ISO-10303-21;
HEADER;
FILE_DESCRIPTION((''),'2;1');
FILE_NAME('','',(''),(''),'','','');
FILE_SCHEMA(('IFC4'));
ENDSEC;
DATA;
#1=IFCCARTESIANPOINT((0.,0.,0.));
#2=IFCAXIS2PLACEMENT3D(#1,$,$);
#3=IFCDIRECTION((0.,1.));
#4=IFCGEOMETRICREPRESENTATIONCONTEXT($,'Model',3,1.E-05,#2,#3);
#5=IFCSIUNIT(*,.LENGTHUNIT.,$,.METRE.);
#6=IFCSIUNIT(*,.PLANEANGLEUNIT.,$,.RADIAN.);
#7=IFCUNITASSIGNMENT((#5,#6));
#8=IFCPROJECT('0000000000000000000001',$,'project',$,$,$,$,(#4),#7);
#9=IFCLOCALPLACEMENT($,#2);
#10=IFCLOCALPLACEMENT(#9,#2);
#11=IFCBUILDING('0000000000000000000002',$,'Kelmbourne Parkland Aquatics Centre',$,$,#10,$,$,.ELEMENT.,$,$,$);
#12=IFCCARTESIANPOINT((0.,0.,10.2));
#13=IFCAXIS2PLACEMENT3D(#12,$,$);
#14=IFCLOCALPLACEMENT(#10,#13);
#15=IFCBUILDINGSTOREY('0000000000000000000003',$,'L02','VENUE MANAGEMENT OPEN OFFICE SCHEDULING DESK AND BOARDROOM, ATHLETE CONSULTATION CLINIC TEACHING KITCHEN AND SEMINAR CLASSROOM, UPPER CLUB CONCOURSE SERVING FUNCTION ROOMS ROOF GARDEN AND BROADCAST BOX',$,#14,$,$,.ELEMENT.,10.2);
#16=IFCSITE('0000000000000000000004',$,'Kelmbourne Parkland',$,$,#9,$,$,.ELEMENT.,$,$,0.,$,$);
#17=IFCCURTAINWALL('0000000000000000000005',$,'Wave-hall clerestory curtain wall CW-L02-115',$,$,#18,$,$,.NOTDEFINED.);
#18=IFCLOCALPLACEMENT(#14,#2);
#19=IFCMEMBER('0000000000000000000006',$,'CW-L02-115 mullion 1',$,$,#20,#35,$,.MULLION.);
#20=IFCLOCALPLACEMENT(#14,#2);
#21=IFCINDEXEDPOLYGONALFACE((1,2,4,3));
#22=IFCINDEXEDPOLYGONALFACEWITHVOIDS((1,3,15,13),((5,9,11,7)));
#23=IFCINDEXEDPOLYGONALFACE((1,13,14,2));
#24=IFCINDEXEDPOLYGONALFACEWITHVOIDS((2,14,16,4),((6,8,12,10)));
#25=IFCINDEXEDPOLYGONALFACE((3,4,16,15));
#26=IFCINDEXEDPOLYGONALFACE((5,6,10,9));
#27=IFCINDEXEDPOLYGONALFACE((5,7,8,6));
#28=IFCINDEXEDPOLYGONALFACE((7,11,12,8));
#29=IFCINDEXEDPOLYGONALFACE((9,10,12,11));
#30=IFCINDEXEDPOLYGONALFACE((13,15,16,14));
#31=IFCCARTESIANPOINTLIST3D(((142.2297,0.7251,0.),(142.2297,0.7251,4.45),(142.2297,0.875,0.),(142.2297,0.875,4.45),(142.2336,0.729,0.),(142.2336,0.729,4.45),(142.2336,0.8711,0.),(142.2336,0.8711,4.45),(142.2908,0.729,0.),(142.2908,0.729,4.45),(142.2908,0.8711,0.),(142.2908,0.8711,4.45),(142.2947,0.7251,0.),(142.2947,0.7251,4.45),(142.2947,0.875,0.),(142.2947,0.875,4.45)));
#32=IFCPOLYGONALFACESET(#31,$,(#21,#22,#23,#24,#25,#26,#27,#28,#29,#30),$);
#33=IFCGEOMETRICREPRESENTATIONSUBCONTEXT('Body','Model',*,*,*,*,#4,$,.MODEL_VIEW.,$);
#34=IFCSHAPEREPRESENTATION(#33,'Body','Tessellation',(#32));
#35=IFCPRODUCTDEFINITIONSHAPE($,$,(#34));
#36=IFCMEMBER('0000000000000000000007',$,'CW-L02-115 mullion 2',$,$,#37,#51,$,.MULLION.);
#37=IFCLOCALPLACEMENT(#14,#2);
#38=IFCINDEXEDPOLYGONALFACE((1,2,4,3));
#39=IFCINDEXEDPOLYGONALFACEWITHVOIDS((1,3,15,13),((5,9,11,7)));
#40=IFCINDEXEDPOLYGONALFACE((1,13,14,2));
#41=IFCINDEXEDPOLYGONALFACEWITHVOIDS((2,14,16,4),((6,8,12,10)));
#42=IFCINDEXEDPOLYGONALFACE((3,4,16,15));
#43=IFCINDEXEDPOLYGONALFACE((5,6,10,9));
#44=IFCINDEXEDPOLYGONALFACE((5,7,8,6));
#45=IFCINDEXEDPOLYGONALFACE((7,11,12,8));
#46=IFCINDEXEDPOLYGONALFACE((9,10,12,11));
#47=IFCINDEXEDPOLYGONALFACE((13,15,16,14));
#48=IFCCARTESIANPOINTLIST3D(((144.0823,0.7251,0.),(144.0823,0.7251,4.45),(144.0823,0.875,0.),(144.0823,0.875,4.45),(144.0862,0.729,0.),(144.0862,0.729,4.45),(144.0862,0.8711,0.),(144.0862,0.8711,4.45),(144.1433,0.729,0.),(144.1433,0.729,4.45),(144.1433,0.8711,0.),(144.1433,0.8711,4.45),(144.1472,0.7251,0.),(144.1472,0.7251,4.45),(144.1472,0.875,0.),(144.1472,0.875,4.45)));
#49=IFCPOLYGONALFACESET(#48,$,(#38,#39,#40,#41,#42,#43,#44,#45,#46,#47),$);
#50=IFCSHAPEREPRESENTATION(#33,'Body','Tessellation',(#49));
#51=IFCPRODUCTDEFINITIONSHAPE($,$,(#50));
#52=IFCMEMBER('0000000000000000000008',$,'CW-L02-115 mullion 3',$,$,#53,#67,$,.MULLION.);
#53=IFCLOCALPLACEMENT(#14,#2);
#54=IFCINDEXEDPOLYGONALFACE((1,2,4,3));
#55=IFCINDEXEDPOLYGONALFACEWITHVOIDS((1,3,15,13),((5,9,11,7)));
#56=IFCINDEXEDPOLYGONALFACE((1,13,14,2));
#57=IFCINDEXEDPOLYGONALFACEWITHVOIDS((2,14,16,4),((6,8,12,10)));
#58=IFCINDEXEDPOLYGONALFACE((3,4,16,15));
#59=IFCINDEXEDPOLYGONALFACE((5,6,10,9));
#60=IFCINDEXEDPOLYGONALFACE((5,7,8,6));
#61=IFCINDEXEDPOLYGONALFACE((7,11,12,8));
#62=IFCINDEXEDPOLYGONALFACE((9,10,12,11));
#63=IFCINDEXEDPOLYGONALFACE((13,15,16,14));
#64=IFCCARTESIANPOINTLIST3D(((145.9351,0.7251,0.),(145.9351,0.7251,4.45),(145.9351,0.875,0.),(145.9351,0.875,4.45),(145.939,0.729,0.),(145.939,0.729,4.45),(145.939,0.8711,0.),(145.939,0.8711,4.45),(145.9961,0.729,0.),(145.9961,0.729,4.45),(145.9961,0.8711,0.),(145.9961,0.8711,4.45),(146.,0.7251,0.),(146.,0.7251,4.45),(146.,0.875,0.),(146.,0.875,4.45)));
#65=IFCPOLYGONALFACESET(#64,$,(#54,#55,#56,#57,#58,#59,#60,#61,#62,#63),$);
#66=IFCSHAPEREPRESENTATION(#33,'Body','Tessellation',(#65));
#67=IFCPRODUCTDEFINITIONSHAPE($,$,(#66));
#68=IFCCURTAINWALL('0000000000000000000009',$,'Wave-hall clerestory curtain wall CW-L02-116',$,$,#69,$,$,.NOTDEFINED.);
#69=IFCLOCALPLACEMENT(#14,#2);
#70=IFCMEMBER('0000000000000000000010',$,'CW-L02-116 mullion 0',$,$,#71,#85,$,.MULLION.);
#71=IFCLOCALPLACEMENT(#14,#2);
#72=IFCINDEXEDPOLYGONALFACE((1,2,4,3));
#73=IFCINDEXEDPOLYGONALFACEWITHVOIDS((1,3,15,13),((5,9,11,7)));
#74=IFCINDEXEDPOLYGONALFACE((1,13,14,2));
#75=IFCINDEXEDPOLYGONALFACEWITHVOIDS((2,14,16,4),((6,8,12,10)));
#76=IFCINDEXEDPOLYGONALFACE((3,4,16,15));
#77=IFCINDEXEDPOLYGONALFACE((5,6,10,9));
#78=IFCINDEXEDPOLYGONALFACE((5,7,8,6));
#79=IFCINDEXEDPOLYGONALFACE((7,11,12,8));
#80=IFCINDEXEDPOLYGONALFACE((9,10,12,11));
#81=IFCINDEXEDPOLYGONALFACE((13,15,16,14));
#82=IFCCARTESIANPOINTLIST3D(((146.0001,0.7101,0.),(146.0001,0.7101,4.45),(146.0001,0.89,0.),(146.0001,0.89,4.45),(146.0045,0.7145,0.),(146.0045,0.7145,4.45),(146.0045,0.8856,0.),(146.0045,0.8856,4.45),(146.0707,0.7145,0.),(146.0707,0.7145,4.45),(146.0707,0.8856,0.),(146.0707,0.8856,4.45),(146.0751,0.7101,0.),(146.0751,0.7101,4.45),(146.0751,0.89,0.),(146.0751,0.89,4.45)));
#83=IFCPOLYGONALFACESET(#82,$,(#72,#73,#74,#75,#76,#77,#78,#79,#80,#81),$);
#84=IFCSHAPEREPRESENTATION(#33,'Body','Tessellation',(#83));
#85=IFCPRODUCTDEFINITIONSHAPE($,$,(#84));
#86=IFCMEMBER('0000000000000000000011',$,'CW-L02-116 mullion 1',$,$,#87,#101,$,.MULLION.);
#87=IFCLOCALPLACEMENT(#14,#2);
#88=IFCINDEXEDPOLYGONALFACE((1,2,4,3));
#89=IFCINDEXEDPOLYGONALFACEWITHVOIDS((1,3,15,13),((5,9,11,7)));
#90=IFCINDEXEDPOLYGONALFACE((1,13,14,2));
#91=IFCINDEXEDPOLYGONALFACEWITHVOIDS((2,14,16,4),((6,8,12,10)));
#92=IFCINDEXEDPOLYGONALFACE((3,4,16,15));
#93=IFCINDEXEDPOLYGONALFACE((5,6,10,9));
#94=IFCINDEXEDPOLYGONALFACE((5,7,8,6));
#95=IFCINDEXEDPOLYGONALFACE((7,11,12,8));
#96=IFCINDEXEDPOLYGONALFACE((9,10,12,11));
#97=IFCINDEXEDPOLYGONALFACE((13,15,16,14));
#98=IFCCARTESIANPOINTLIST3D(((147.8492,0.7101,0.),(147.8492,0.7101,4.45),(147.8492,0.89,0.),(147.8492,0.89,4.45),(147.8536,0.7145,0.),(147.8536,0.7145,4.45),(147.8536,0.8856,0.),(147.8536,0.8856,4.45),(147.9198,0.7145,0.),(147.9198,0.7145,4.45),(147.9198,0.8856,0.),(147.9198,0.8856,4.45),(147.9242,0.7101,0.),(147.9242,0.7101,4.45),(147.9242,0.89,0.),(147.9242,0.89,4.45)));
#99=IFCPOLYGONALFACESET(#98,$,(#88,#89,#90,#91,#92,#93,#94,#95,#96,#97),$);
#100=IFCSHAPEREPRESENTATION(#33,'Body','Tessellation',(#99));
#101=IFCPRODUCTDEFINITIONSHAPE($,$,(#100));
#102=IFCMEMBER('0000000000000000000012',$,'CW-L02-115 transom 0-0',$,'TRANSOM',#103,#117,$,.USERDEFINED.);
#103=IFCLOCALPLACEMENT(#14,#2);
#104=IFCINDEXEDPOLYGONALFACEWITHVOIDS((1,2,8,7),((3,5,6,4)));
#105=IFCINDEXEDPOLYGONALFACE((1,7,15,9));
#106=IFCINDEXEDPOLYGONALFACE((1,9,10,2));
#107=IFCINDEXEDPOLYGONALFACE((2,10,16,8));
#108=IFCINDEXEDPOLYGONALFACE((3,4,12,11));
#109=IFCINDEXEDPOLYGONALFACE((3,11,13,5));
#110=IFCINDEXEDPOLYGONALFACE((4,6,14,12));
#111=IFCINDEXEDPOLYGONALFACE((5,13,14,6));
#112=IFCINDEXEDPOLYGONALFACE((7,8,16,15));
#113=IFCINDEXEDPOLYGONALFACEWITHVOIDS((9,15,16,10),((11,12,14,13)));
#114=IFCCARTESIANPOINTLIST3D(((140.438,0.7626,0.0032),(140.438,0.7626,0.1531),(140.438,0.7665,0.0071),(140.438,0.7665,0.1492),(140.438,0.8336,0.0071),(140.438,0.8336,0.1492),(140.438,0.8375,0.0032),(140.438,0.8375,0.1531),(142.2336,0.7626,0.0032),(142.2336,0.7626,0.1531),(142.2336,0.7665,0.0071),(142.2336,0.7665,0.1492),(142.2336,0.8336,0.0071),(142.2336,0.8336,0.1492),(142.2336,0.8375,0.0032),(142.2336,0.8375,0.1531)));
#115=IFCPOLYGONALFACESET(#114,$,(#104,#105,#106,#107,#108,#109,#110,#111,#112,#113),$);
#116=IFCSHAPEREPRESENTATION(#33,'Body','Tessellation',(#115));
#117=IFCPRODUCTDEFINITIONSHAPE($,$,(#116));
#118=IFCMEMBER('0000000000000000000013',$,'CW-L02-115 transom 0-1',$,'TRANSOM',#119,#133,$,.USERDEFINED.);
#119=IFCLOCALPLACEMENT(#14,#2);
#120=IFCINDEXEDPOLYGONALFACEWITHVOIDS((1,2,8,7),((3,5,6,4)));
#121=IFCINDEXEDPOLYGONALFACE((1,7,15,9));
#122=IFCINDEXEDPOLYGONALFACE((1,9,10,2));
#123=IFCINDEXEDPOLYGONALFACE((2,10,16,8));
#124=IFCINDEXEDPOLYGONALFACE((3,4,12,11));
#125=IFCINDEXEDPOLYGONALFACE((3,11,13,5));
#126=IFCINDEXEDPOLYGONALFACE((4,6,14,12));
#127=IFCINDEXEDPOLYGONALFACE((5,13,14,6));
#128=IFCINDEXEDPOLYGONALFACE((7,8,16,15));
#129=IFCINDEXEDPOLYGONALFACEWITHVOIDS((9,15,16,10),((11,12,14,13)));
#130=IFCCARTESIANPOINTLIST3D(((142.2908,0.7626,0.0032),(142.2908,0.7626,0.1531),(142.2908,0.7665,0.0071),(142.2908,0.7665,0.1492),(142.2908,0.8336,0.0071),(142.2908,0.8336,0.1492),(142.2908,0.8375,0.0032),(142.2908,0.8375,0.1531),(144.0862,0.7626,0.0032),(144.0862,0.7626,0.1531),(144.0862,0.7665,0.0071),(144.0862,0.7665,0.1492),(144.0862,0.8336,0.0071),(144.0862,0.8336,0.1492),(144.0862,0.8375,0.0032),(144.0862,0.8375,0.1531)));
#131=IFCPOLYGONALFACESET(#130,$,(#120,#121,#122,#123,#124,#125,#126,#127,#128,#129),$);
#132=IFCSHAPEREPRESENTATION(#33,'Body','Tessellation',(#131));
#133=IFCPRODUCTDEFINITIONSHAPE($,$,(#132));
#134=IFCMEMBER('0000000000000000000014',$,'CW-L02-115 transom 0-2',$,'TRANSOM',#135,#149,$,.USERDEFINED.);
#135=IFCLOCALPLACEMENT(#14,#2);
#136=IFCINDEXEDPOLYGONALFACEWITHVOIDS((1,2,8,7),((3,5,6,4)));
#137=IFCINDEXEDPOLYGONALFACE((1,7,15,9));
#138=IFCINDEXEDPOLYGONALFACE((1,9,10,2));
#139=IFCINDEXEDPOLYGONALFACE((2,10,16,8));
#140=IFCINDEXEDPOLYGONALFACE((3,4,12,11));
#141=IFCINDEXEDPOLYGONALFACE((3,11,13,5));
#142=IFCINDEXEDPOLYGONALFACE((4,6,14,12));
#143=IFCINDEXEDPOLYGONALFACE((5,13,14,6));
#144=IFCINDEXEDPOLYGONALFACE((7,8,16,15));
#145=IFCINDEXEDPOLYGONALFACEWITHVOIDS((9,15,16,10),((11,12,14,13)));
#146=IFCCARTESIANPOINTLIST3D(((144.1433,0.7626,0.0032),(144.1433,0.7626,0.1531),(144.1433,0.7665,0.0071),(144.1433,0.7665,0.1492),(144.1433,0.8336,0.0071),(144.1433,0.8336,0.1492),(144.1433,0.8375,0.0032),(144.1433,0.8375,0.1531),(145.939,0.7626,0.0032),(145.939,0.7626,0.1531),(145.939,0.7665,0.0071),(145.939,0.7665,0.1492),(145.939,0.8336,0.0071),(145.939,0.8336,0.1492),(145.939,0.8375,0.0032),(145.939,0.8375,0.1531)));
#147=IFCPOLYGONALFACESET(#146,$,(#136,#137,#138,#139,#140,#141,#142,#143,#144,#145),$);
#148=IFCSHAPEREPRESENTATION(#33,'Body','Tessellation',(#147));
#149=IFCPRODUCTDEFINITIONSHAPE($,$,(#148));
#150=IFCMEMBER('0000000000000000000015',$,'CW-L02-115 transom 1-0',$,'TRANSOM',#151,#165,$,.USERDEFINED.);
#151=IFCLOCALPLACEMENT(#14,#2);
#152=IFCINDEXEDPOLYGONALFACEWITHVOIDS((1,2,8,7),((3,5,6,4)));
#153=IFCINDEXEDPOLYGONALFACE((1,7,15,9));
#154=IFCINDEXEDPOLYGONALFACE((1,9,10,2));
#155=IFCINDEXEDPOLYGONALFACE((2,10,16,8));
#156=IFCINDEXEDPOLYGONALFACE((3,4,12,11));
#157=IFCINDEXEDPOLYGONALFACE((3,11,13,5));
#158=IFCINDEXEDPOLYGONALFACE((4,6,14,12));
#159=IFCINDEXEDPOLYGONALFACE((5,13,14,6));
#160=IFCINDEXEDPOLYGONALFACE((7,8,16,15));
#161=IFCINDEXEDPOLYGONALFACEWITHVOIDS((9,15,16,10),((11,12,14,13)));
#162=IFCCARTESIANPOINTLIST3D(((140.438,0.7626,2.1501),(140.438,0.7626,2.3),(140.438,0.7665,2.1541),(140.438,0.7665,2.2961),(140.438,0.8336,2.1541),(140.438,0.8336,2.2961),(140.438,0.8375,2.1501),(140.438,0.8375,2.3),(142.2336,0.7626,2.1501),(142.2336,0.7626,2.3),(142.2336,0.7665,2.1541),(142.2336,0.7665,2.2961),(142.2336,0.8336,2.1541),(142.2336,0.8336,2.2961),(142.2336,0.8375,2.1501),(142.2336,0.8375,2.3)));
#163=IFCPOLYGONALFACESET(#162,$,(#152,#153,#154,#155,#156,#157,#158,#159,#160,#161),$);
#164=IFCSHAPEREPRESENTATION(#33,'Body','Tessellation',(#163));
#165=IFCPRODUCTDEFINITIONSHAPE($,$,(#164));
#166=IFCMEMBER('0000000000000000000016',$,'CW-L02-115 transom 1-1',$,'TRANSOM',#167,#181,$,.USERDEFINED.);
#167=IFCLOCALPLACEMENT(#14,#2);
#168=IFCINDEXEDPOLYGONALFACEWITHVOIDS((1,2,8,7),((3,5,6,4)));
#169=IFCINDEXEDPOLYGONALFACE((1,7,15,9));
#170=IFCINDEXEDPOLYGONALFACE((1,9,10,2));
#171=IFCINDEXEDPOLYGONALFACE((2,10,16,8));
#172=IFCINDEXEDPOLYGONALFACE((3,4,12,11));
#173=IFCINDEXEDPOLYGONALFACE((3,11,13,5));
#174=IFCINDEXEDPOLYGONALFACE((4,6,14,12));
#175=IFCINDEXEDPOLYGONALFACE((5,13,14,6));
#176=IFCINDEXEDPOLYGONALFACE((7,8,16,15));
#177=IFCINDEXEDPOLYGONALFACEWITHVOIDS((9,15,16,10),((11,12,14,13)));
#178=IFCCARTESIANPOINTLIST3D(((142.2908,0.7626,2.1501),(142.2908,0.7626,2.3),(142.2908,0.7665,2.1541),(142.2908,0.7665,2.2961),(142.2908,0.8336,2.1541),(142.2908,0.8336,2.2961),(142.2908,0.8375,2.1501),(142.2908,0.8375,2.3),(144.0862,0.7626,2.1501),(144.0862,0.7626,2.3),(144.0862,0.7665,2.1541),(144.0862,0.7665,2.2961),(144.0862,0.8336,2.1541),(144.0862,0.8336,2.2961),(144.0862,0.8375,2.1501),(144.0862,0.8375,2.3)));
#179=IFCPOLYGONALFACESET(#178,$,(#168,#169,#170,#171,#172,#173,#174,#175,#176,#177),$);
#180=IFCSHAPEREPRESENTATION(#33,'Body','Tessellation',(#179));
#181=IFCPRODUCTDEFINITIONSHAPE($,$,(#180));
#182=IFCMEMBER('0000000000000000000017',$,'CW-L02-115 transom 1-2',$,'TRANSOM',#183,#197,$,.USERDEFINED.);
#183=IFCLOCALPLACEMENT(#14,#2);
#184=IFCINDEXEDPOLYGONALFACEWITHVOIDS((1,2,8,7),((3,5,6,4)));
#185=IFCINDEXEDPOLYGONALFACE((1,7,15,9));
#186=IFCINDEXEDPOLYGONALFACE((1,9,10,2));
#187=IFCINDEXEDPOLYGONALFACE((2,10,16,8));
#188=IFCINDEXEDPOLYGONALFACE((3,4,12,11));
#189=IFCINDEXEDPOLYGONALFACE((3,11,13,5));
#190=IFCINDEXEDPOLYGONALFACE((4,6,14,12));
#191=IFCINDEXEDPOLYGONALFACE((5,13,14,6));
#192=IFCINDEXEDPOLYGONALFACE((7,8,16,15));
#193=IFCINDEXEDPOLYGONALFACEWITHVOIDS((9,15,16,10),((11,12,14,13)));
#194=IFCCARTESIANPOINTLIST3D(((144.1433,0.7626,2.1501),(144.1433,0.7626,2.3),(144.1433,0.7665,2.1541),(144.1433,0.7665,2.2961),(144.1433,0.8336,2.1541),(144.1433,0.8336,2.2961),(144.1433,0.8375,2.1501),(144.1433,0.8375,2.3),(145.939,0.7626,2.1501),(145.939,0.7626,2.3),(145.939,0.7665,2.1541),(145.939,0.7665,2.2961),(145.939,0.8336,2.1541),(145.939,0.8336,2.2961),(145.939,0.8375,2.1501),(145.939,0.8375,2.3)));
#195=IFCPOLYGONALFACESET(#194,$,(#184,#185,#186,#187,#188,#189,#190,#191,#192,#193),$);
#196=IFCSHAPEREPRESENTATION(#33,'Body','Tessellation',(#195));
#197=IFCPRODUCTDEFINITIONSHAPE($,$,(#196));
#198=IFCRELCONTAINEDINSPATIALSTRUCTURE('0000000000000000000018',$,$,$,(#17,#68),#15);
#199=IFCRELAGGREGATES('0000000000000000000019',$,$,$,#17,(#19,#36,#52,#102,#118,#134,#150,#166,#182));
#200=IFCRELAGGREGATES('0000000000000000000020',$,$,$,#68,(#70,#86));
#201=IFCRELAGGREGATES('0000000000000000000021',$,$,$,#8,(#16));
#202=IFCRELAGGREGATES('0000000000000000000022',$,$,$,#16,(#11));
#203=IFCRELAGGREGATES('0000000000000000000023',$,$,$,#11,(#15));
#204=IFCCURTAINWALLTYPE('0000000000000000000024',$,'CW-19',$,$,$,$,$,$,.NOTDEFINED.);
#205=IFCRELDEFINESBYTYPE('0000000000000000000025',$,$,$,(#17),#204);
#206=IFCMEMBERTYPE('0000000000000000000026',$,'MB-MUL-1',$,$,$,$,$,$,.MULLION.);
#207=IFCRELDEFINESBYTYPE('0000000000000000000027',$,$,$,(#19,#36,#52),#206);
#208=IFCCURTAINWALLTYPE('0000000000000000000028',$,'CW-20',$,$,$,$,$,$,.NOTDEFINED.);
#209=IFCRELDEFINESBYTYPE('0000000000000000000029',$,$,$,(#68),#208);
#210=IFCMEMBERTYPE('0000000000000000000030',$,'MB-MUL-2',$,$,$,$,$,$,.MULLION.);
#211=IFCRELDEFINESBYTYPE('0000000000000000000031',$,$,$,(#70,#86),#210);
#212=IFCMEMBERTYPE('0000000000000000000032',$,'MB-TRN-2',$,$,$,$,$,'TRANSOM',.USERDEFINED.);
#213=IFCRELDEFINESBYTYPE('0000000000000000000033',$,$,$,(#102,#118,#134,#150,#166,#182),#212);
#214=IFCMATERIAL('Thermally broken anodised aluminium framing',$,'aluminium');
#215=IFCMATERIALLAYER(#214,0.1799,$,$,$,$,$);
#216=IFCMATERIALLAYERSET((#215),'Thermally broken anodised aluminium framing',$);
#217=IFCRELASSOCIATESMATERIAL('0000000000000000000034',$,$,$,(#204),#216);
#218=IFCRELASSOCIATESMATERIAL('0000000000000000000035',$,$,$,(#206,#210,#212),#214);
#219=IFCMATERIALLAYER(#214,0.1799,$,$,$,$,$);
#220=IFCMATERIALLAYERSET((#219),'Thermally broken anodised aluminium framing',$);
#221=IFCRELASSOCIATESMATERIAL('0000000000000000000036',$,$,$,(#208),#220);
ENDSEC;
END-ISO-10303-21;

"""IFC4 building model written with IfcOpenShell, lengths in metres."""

from ifc_helpers import new_model, si_unit, direction, frame, origin, origin_2d, place, context, subcontext, project, spatial, hollow_rectangle, extrude, material, layer, layer_set, material_profile, profile_set, type_object, element, aggregate, save


model = new_model("IFC4")

# Units and contexts
model_context = context("Model", 3, precision=1e-05, world=origin(), true_north=direction((0.0, 1.0)))
body_context = subcontext(model_context, "Body", "Model", "MODEL_VIEW")
ifc_project = project(units=[si_unit("LENGTHUNIT", "METRE"), si_unit("PLANEANGLEUNIT", "RADIAN")], contexts=[model_context])

# Site, building, storey
site_placement = place(None, origin())
site = spatial("IfcSite", under=ifc_project, at=site_placement, Name="Kelmbourne Parkland", CompositionType="ELEMENT", RefElevation=0.0)
building_placement = place(site_placement, origin())
building = spatial("IfcBuilding", under=site, at=building_placement, Name="Kelmbourne Parkland Aquatics Centre", CompositionType="ELEMENT")
storey_placement = place(building_placement, frame((0.0, 0.0, 10.2)))
storey = spatial("IfcBuildingStorey", under=building, at=storey_placement, Name="L02", Description="VENUE MANAGEMENT OPEN OFFICE SCHEDULING DESK AND BOARDROOM, ATHLETE CONSULTATION CLINIC TEACHING KITCHEN AND SEMINAR CLASSROOM, UPPER CLUB CONCOURSE SERVING FUNCTION ROOMS ROOF GARDEN AND BROADCAST BOX", CompositionType="ELEMENT", Elevation=10.2)

# Curtain walls, members
ifc_material_1 = material(Name="Thermally broken anodised aluminium framing", Category="aluminium")
ifc_layer_1 = layer(ifc_material_1, 0.1799)
ifc_layer_set_1 = layer_set([ifc_layer_1], Name="Thermally broken anodised aluminium framing")
curtain_wall_type_1 = type_object("IfcCurtainWallType", Name="CW-19", PredefinedType="NOTDEFINED", material=ifc_layer_set_1)
curtain_wall_1_placement = place(storey_placement, origin())
curtain_wall_1 = element("IfcCurtainWall", 1, at=curtain_wall_1_placement, inside=storey, type_object=curtain_wall_type_1, Name="Wave-hall clerestory curtain wall CW-L02-115", PredefinedType="NOTDEFINED")
ifc_material_profile_1 = material_profile(ifc_material_1, hollow_rectangle(XDim=0.0649, YDim=0.1499, WallThickness=0.0039, at=origin_2d()), Name="CW-M 65x150")
ifc_profile_set_1 = profile_set([ifc_material_profile_1], Name="Thermally broken anodised aluminium framing")
member_type_1 = type_object("IfcMemberType", Name="MB-MUL-1", PredefinedType="MULLION", material=ifc_profile_set_1)
member_1_placement = place(storey_placement, frame((142.2622, 0.8, 0.0), z_axis=(0.0, 0.0, 1.0), x_axis=(1.0, 0.0, 0.0)))
member_1 = element("IfcMember", 2, at=member_1_placement, type_object=member_type_1, Name="CW-L02-115 mullion 1", PredefinedType="MULLION", context=body_context, shape_type="SweptSolid", body=[
    extrude(hollow_rectangle(XDim=0.0649, YDim=0.1499, WallThickness=0.0039, at=origin_2d()), origin(), (0.0, 0.0, 1.0), 4.45),
])
member_2_placement = place(storey_placement, frame((144.1147, 0.8, 0.0), z_axis=(0.0, 0.0, 1.0), x_axis=(1.0, 0.0, 0.0)))
member_2 = element("IfcMember", 3, at=member_2_placement, type_object=member_type_1, Name="CW-L02-115 mullion 2", PredefinedType="MULLION", context=body_context, shape_type="SweptSolid", body=[
    extrude(hollow_rectangle(XDim=0.0649, YDim=0.1499, WallThickness=0.0039, at=origin_2d()), origin(), (0.0, 0.0, 1.0), 4.45),
])
member_3_placement = place(storey_placement, frame((145.9675, 0.8, 0.0), z_axis=(0.0, 0.0, 1.0), x_axis=(1.0, 0.0, 0.0)))
member_3 = element("IfcMember", 4, at=member_3_placement, type_object=member_type_1, Name="CW-L02-115 mullion 3", PredefinedType="MULLION", context=body_context, shape_type="SweptSolid", body=[
    extrude(hollow_rectangle(XDim=0.0649, YDim=0.1499, WallThickness=0.0039, at=origin_2d()), origin(), (0.0, 0.0, 1.0), 4.45),
])
ifc_layer_2 = layer(ifc_material_1, 0.1799)
ifc_layer_set_2 = layer_set([ifc_layer_2], Name="Thermally broken anodised aluminium framing")
curtain_wall_type_2 = type_object("IfcCurtainWallType", Name="CW-20", PredefinedType="NOTDEFINED", material=ifc_layer_set_2)
curtain_wall_2_placement = place(storey_placement, origin())
curtain_wall_2 = element("IfcCurtainWall", 5, at=curtain_wall_2_placement, inside=storey, type_object=curtain_wall_type_2, Name="Wave-hall clerestory curtain wall CW-L02-116", PredefinedType="NOTDEFINED")
ifc_material_profile_2 = material_profile(ifc_material_1, hollow_rectangle(XDim=0.075, YDim=0.1799, WallThickness=0.0044, at=origin_2d()), Name="CW-M 75x180")
ifc_profile_set_2 = profile_set([ifc_material_profile_2], Name="Thermally broken anodised aluminium framing")
member_type_2 = type_object("IfcMemberType", Name="MB-MUL-2", PredefinedType="MULLION", material=ifc_profile_set_2)
member_4_placement = place(storey_placement, frame((146.0376, 0.8, 0.0), z_axis=(0.0, 0.0, 1.0), x_axis=(1.0, 0.0, 0.0)))
member_4 = element("IfcMember", 6, at=member_4_placement, type_object=member_type_2, Name="CW-L02-116 mullion 0", PredefinedType="MULLION", context=body_context, shape_type="SweptSolid", body=[
    extrude(hollow_rectangle(XDim=0.075, YDim=0.1799, WallThickness=0.0044, at=origin_2d()), origin(), (0.0, 0.0, 1.0), 4.45),
])
member_5_placement = place(storey_placement, frame((147.8867, 0.8, 0.0), z_axis=(0.0, 0.0, 1.0), x_axis=(1.0, 0.0, 0.0)))
member_5 = element("IfcMember", 7, at=member_5_placement, type_object=member_type_2, Name="CW-L02-116 mullion 1", PredefinedType="MULLION", context=body_context, shape_type="SweptSolid", body=[
    extrude(hollow_rectangle(XDim=0.075, YDim=0.1799, WallThickness=0.0044, at=origin_2d()), origin(), (0.0, 0.0, 1.0), 4.45),
])

# Members
ifc_material_profile_3 = material_profile(ifc_material_1, hollow_rectangle(XDim=0.075, YDim=0.1499, WallThickness=0.0039, at=origin_2d()), Name="CW-T 75x150")
ifc_profile_set_3 = profile_set([ifc_material_profile_3], Name="Thermally broken anodised aluminium framing")
member_type_3 = type_object("IfcMemberType", Name="MB-TRN-2", ElementType="TRANSOM", PredefinedType="USERDEFINED", material=ifc_profile_set_3)
member_6_placement = place(storey_placement, frame((140.438, 0.8, 0.0781), z_axis=(1.0, 0.0, 0.0), x_axis=(0.0, 1.0, 0.0)))
member_6 = element("IfcMember", 8, at=member_6_placement, type_object=member_type_3, Name="CW-L02-115 transom 0-0", ObjectType="TRANSOM", PredefinedType="USERDEFINED", context=body_context, shape_type="SweptSolid", body=[
    extrude(hollow_rectangle(XDim=0.075, YDim=0.1499, WallThickness=0.0039, at=origin_2d()), origin(), (0.0, 0.0, 1.0), 1.7957),
])
member_7_placement = place(storey_placement, frame((142.2908, 0.8, 0.0781), z_axis=(1.0, 0.0, 0.0), x_axis=(0.0, 1.0, 0.0)))
member_7 = element("IfcMember", 9, at=member_7_placement, type_object=member_type_3, Name="CW-L02-115 transom 0-1", ObjectType="TRANSOM", PredefinedType="USERDEFINED", context=body_context, shape_type="SweptSolid", body=[
    extrude(hollow_rectangle(XDim=0.075, YDim=0.1499, WallThickness=0.0039, at=origin_2d()), origin(), (0.0, 0.0, 1.0), 1.7954),
])
member_8_placement = place(storey_placement, frame((144.1433, 0.8, 0.0781), z_axis=(1.0, 0.0, 0.0), x_axis=(0.0, 1.0, 0.0)))
member_8 = element("IfcMember", 10, at=member_8_placement, type_object=member_type_3, Name="CW-L02-115 transom 0-2", ObjectType="TRANSOM", PredefinedType="USERDEFINED", context=body_context, shape_type="SweptSolid", body=[
    extrude(hollow_rectangle(XDim=0.075, YDim=0.1499, WallThickness=0.0039, at=origin_2d()), origin(), (0.0, 0.0, 1.0), 1.7957),
])
member_9_placement = place(storey_placement, frame((140.438, 0.8, 2.2251), z_axis=(1.0, 0.0, 0.0), x_axis=(0.0, 1.0, 0.0)))
member_9 = element("IfcMember", 11, at=member_9_placement, type_object=member_type_3, Name="CW-L02-115 transom 1-0", ObjectType="TRANSOM", PredefinedType="USERDEFINED", context=body_context, shape_type="SweptSolid", body=[
    extrude(hollow_rectangle(XDim=0.075, YDim=0.1499, WallThickness=0.0039, at=origin_2d()), origin(), (0.0, 0.0, 1.0), 1.7957),
])
member_10_placement = place(storey_placement, frame((142.2908, 0.8, 2.2251), z_axis=(1.0, 0.0, 0.0), x_axis=(0.0, 1.0, 0.0)))
member_10 = element("IfcMember", 12, at=member_10_placement, type_object=member_type_3, Name="CW-L02-115 transom 1-1", ObjectType="TRANSOM", PredefinedType="USERDEFINED", context=body_context, shape_type="SweptSolid", body=[
    extrude(hollow_rectangle(XDim=0.075, YDim=0.1499, WallThickness=0.0039, at=origin_2d()), origin(), (0.0, 0.0, 1.0), 1.7954),
])
member_11_placement = place(storey_placement, frame((144.1433, 0.8, 2.2251), z_axis=(1.0, 0.0, 0.0), x_axis=(0.0, 1.0, 0.0)))
member_11 = element("IfcMember", 13, at=member_11_placement, type_object=member_type_3, Name="CW-L02-115 transom 1-2", ObjectType="TRANSOM", PredefinedType="USERDEFINED", context=body_context, shape_type="SweptSolid", body=[
    extrude(hollow_rectangle(XDim=0.075, YDim=0.1499, WallThickness=0.0039, at=origin_2d()), origin(), (0.0, 0.0, 1.0), 1.7957),
])

aggregate(curtain_wall_1, [member_1, member_2, member_3, member_6, member_7, member_8, member_9, member_10, member_11])
aggregate(curtain_wall_2, [member_4, member_5])

save(model, "model.ifc")
